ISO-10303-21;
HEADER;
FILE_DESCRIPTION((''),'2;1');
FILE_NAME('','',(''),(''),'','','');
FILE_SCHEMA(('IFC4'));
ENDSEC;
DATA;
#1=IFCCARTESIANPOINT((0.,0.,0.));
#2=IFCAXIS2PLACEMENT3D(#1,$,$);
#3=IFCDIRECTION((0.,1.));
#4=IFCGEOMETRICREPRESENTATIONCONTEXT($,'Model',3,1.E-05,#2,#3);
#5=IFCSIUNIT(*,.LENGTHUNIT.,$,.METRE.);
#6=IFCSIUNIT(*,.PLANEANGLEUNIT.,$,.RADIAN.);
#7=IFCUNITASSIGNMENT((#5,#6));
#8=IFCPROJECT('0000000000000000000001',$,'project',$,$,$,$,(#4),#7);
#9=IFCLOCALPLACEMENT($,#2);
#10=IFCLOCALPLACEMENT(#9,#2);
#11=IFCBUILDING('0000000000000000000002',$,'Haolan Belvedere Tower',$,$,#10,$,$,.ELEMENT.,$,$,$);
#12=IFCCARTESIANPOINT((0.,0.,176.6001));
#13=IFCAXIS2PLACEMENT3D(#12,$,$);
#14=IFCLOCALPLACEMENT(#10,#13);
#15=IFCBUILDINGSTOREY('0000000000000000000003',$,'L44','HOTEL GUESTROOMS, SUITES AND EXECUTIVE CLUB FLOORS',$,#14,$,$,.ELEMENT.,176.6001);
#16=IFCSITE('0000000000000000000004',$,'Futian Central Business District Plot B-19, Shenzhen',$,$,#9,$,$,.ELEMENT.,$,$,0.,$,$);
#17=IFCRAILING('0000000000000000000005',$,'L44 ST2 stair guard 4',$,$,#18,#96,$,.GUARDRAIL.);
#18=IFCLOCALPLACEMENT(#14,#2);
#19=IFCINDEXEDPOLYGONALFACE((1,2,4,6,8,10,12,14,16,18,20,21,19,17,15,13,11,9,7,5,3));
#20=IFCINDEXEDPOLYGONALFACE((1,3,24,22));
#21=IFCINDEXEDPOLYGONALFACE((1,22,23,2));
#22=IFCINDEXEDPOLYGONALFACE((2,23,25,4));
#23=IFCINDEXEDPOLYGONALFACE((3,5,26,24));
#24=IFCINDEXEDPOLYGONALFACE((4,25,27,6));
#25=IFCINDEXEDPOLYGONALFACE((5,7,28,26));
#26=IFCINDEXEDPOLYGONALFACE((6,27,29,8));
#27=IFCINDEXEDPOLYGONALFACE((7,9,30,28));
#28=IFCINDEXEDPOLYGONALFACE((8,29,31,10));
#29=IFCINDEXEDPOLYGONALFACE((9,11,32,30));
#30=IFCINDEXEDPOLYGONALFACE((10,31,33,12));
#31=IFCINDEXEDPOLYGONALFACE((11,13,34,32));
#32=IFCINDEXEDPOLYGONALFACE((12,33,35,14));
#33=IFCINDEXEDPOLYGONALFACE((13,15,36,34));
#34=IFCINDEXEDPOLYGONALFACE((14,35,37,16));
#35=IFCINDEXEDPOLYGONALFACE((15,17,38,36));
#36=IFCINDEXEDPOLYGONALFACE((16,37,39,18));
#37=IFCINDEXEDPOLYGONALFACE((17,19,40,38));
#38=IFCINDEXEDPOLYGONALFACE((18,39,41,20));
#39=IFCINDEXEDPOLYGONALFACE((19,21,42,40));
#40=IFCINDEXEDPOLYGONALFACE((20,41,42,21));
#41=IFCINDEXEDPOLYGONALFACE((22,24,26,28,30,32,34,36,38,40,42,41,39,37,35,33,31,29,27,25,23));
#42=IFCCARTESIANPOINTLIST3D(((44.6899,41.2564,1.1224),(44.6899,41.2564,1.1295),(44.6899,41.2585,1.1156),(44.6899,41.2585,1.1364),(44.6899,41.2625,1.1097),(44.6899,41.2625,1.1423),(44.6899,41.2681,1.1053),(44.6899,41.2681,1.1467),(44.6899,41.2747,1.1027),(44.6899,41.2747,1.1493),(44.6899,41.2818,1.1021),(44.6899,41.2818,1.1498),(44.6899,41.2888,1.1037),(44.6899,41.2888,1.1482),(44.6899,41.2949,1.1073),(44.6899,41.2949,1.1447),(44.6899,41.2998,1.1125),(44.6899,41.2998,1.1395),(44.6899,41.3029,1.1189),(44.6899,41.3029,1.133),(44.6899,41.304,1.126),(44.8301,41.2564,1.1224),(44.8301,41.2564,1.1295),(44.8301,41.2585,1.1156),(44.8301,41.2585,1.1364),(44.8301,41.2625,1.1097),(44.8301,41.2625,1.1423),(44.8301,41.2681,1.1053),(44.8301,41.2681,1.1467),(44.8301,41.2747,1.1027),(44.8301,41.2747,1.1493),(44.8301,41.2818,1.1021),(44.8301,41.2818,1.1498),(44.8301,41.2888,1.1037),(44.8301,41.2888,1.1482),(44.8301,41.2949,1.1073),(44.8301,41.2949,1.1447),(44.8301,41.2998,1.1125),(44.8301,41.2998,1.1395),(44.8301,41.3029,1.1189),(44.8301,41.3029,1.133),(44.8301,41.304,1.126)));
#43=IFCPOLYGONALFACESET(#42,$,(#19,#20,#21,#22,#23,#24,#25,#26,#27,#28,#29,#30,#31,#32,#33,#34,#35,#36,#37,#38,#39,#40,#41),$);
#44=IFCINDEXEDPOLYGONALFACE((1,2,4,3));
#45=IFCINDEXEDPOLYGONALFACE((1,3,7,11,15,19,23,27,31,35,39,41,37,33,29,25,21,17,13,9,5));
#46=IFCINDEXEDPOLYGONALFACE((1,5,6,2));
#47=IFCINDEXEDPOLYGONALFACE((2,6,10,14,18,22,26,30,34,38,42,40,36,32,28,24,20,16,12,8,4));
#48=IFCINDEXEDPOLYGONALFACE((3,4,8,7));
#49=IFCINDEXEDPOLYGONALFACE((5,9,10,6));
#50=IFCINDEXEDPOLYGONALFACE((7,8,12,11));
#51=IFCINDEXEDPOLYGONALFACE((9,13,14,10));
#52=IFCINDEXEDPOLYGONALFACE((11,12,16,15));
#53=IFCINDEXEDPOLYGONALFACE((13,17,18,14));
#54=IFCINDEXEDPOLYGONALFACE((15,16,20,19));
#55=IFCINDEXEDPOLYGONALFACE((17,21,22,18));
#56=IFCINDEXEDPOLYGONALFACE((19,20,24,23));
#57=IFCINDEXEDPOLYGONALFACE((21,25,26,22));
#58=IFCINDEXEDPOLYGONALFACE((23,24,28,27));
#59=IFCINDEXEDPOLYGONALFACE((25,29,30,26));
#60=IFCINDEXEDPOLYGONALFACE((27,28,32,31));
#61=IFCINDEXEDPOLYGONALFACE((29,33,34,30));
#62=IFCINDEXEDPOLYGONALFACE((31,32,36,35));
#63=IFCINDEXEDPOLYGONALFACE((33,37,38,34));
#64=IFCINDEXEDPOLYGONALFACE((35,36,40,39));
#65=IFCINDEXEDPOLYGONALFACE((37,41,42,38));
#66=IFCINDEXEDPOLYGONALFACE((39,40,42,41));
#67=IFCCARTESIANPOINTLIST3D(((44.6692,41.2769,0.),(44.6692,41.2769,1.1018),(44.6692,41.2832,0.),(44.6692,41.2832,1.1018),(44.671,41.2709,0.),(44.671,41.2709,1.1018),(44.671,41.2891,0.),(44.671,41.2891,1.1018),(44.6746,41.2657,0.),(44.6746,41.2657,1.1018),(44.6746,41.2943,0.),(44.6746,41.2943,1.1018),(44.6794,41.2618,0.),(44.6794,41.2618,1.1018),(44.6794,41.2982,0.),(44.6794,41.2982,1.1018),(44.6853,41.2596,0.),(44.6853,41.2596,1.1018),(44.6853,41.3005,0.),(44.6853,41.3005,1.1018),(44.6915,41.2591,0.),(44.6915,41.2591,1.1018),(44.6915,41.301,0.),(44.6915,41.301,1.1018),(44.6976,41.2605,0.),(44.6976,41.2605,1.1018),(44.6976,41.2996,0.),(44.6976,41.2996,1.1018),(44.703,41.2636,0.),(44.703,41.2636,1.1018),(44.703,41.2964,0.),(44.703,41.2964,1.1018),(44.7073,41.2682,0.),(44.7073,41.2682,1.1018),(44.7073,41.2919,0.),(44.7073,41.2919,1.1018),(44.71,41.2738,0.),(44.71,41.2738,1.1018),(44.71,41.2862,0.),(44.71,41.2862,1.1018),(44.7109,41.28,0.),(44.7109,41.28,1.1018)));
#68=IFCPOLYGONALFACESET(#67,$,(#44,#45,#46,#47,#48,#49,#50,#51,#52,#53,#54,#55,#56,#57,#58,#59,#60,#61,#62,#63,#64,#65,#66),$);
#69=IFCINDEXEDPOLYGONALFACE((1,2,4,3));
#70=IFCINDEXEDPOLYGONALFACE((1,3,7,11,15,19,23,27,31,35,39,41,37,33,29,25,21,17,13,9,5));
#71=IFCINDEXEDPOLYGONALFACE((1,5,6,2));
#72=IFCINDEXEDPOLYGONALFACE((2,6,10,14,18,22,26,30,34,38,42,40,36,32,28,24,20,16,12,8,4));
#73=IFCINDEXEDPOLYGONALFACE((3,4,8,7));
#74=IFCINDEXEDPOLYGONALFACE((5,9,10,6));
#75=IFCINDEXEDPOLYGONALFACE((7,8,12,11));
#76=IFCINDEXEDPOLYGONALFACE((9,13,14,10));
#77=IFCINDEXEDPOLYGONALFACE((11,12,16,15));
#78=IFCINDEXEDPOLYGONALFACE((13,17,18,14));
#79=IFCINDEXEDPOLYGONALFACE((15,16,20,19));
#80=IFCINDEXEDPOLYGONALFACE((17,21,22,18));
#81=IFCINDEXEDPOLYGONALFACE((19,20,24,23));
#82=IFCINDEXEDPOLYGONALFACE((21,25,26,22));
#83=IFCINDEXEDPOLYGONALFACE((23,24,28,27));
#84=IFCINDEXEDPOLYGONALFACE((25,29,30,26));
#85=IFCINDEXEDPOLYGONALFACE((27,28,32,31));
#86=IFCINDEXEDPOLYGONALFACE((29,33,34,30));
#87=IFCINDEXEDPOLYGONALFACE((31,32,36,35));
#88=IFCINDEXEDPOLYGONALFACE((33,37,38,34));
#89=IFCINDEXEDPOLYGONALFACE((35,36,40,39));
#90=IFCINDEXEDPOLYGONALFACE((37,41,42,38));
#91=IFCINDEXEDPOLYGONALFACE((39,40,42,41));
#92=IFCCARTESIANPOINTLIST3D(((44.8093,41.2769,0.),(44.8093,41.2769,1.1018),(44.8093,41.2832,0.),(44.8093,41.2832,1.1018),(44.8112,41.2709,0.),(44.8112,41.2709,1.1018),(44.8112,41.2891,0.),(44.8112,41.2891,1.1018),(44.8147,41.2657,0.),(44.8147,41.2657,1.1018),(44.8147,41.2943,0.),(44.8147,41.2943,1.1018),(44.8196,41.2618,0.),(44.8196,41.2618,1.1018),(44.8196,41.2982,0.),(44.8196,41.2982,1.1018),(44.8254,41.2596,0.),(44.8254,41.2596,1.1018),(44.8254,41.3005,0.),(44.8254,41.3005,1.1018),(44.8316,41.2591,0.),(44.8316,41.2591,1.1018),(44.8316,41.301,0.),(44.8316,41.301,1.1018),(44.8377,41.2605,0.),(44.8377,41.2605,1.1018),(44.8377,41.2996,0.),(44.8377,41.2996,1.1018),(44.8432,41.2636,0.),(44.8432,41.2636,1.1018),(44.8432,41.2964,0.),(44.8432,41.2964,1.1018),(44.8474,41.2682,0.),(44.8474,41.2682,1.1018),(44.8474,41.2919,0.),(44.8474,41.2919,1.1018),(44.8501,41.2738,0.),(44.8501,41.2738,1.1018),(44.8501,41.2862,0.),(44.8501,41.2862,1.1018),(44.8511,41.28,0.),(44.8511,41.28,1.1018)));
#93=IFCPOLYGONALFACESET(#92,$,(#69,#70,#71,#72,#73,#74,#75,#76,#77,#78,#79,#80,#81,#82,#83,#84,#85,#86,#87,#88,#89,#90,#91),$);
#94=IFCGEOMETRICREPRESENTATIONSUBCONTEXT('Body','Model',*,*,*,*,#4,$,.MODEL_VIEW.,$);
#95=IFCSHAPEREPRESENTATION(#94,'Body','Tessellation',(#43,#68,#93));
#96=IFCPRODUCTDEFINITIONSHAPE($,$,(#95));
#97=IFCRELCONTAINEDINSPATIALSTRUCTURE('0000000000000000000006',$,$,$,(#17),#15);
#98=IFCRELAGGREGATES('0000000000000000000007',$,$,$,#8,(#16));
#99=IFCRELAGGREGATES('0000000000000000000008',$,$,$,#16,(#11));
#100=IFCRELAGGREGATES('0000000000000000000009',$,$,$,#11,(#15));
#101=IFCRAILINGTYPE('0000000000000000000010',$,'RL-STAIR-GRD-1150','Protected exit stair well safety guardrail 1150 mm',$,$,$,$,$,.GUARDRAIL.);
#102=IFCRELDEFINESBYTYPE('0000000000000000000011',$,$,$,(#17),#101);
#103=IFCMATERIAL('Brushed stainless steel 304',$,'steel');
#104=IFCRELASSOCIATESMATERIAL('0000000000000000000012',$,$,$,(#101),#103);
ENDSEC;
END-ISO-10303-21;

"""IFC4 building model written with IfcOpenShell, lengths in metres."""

from ifc_helpers import new_model, si_unit, direction, frame, origin, origin_2d, place, context, subcontext, project, spatial, circle, extrude, material, type_object, element, save


model = new_model("IFC4")

# Units and contexts
model_context = context("Model", 3, precision=1e-05, world=origin(), true_north=direction((0.0, 1.0)))
body_context = subcontext(model_context, "Body", "Model", "MODEL_VIEW")
ifc_project = project(units=[si_unit("LENGTHUNIT", "METRE"), si_unit("PLANEANGLEUNIT", "RADIAN")], contexts=[model_context])

# Site, building, storey
site_placement = place(None, origin())
site = spatial("IfcSite", under=ifc_project, at=site_placement, Name="Futian Central Business District Plot B-19, Shenzhen", CompositionType="ELEMENT", RefElevation=0.0)
building_placement = place(site_placement, origin())
building = spatial("IfcBuilding", under=site, at=building_placement, Name="Haolan Belvedere Tower", CompositionType="ELEMENT")
storey_placement = place(building_placement, frame((0.0, 0.0, 176.6001)))
storey = spatial("IfcBuildingStorey", under=building, at=storey_placement, Name="L44", Description="HOTEL GUESTROOMS, SUITES AND EXECUTIVE CLUB FLOORS", CompositionType="ELEMENT", Elevation=176.6001)

# Railing
ifc_material_1 = material(Name="Brushed stainless steel 304", Category="steel")
railing_type_1 = type_object("IfcRailingType", Name="RL-STAIR-GRD-1150", Description="Protected exit stair well safety guardrail 1150 mm", PredefinedType="GUARDRAIL", material=ifc_material_1)
railing_1_placement = place(storey_placement, frame((44.6899, 41.28, 0.0)))
element("IfcRailing", 1, at=railing_1_placement, inside=storey, type_object=railing_type_1, Name="L44 ST2 stair guard 4", PredefinedType="GUARDRAIL", context=body_context, shape_type="SweptSolid", body=[
    extrude(circle(Radius=0.0239, at=origin_2d()), frame((0.0, 0.0, 1.126), z_axis=(1.0, 0.0, 0.0), x_axis=(0.0, 1.0, 0.0)), (0.0, 0.0, 1.0), 0.1401),
    extrude(circle(Radius=0.021, at=origin_2d()), origin(), (0.0, 0.0, 1.0), 1.1018),
    extrude(circle(Radius=0.021, at=origin_2d()), frame((0.1401, 0.0, 0.0)), (0.0, 0.0, 1.0), 1.1018),
])

save(model, "model.ifc")
